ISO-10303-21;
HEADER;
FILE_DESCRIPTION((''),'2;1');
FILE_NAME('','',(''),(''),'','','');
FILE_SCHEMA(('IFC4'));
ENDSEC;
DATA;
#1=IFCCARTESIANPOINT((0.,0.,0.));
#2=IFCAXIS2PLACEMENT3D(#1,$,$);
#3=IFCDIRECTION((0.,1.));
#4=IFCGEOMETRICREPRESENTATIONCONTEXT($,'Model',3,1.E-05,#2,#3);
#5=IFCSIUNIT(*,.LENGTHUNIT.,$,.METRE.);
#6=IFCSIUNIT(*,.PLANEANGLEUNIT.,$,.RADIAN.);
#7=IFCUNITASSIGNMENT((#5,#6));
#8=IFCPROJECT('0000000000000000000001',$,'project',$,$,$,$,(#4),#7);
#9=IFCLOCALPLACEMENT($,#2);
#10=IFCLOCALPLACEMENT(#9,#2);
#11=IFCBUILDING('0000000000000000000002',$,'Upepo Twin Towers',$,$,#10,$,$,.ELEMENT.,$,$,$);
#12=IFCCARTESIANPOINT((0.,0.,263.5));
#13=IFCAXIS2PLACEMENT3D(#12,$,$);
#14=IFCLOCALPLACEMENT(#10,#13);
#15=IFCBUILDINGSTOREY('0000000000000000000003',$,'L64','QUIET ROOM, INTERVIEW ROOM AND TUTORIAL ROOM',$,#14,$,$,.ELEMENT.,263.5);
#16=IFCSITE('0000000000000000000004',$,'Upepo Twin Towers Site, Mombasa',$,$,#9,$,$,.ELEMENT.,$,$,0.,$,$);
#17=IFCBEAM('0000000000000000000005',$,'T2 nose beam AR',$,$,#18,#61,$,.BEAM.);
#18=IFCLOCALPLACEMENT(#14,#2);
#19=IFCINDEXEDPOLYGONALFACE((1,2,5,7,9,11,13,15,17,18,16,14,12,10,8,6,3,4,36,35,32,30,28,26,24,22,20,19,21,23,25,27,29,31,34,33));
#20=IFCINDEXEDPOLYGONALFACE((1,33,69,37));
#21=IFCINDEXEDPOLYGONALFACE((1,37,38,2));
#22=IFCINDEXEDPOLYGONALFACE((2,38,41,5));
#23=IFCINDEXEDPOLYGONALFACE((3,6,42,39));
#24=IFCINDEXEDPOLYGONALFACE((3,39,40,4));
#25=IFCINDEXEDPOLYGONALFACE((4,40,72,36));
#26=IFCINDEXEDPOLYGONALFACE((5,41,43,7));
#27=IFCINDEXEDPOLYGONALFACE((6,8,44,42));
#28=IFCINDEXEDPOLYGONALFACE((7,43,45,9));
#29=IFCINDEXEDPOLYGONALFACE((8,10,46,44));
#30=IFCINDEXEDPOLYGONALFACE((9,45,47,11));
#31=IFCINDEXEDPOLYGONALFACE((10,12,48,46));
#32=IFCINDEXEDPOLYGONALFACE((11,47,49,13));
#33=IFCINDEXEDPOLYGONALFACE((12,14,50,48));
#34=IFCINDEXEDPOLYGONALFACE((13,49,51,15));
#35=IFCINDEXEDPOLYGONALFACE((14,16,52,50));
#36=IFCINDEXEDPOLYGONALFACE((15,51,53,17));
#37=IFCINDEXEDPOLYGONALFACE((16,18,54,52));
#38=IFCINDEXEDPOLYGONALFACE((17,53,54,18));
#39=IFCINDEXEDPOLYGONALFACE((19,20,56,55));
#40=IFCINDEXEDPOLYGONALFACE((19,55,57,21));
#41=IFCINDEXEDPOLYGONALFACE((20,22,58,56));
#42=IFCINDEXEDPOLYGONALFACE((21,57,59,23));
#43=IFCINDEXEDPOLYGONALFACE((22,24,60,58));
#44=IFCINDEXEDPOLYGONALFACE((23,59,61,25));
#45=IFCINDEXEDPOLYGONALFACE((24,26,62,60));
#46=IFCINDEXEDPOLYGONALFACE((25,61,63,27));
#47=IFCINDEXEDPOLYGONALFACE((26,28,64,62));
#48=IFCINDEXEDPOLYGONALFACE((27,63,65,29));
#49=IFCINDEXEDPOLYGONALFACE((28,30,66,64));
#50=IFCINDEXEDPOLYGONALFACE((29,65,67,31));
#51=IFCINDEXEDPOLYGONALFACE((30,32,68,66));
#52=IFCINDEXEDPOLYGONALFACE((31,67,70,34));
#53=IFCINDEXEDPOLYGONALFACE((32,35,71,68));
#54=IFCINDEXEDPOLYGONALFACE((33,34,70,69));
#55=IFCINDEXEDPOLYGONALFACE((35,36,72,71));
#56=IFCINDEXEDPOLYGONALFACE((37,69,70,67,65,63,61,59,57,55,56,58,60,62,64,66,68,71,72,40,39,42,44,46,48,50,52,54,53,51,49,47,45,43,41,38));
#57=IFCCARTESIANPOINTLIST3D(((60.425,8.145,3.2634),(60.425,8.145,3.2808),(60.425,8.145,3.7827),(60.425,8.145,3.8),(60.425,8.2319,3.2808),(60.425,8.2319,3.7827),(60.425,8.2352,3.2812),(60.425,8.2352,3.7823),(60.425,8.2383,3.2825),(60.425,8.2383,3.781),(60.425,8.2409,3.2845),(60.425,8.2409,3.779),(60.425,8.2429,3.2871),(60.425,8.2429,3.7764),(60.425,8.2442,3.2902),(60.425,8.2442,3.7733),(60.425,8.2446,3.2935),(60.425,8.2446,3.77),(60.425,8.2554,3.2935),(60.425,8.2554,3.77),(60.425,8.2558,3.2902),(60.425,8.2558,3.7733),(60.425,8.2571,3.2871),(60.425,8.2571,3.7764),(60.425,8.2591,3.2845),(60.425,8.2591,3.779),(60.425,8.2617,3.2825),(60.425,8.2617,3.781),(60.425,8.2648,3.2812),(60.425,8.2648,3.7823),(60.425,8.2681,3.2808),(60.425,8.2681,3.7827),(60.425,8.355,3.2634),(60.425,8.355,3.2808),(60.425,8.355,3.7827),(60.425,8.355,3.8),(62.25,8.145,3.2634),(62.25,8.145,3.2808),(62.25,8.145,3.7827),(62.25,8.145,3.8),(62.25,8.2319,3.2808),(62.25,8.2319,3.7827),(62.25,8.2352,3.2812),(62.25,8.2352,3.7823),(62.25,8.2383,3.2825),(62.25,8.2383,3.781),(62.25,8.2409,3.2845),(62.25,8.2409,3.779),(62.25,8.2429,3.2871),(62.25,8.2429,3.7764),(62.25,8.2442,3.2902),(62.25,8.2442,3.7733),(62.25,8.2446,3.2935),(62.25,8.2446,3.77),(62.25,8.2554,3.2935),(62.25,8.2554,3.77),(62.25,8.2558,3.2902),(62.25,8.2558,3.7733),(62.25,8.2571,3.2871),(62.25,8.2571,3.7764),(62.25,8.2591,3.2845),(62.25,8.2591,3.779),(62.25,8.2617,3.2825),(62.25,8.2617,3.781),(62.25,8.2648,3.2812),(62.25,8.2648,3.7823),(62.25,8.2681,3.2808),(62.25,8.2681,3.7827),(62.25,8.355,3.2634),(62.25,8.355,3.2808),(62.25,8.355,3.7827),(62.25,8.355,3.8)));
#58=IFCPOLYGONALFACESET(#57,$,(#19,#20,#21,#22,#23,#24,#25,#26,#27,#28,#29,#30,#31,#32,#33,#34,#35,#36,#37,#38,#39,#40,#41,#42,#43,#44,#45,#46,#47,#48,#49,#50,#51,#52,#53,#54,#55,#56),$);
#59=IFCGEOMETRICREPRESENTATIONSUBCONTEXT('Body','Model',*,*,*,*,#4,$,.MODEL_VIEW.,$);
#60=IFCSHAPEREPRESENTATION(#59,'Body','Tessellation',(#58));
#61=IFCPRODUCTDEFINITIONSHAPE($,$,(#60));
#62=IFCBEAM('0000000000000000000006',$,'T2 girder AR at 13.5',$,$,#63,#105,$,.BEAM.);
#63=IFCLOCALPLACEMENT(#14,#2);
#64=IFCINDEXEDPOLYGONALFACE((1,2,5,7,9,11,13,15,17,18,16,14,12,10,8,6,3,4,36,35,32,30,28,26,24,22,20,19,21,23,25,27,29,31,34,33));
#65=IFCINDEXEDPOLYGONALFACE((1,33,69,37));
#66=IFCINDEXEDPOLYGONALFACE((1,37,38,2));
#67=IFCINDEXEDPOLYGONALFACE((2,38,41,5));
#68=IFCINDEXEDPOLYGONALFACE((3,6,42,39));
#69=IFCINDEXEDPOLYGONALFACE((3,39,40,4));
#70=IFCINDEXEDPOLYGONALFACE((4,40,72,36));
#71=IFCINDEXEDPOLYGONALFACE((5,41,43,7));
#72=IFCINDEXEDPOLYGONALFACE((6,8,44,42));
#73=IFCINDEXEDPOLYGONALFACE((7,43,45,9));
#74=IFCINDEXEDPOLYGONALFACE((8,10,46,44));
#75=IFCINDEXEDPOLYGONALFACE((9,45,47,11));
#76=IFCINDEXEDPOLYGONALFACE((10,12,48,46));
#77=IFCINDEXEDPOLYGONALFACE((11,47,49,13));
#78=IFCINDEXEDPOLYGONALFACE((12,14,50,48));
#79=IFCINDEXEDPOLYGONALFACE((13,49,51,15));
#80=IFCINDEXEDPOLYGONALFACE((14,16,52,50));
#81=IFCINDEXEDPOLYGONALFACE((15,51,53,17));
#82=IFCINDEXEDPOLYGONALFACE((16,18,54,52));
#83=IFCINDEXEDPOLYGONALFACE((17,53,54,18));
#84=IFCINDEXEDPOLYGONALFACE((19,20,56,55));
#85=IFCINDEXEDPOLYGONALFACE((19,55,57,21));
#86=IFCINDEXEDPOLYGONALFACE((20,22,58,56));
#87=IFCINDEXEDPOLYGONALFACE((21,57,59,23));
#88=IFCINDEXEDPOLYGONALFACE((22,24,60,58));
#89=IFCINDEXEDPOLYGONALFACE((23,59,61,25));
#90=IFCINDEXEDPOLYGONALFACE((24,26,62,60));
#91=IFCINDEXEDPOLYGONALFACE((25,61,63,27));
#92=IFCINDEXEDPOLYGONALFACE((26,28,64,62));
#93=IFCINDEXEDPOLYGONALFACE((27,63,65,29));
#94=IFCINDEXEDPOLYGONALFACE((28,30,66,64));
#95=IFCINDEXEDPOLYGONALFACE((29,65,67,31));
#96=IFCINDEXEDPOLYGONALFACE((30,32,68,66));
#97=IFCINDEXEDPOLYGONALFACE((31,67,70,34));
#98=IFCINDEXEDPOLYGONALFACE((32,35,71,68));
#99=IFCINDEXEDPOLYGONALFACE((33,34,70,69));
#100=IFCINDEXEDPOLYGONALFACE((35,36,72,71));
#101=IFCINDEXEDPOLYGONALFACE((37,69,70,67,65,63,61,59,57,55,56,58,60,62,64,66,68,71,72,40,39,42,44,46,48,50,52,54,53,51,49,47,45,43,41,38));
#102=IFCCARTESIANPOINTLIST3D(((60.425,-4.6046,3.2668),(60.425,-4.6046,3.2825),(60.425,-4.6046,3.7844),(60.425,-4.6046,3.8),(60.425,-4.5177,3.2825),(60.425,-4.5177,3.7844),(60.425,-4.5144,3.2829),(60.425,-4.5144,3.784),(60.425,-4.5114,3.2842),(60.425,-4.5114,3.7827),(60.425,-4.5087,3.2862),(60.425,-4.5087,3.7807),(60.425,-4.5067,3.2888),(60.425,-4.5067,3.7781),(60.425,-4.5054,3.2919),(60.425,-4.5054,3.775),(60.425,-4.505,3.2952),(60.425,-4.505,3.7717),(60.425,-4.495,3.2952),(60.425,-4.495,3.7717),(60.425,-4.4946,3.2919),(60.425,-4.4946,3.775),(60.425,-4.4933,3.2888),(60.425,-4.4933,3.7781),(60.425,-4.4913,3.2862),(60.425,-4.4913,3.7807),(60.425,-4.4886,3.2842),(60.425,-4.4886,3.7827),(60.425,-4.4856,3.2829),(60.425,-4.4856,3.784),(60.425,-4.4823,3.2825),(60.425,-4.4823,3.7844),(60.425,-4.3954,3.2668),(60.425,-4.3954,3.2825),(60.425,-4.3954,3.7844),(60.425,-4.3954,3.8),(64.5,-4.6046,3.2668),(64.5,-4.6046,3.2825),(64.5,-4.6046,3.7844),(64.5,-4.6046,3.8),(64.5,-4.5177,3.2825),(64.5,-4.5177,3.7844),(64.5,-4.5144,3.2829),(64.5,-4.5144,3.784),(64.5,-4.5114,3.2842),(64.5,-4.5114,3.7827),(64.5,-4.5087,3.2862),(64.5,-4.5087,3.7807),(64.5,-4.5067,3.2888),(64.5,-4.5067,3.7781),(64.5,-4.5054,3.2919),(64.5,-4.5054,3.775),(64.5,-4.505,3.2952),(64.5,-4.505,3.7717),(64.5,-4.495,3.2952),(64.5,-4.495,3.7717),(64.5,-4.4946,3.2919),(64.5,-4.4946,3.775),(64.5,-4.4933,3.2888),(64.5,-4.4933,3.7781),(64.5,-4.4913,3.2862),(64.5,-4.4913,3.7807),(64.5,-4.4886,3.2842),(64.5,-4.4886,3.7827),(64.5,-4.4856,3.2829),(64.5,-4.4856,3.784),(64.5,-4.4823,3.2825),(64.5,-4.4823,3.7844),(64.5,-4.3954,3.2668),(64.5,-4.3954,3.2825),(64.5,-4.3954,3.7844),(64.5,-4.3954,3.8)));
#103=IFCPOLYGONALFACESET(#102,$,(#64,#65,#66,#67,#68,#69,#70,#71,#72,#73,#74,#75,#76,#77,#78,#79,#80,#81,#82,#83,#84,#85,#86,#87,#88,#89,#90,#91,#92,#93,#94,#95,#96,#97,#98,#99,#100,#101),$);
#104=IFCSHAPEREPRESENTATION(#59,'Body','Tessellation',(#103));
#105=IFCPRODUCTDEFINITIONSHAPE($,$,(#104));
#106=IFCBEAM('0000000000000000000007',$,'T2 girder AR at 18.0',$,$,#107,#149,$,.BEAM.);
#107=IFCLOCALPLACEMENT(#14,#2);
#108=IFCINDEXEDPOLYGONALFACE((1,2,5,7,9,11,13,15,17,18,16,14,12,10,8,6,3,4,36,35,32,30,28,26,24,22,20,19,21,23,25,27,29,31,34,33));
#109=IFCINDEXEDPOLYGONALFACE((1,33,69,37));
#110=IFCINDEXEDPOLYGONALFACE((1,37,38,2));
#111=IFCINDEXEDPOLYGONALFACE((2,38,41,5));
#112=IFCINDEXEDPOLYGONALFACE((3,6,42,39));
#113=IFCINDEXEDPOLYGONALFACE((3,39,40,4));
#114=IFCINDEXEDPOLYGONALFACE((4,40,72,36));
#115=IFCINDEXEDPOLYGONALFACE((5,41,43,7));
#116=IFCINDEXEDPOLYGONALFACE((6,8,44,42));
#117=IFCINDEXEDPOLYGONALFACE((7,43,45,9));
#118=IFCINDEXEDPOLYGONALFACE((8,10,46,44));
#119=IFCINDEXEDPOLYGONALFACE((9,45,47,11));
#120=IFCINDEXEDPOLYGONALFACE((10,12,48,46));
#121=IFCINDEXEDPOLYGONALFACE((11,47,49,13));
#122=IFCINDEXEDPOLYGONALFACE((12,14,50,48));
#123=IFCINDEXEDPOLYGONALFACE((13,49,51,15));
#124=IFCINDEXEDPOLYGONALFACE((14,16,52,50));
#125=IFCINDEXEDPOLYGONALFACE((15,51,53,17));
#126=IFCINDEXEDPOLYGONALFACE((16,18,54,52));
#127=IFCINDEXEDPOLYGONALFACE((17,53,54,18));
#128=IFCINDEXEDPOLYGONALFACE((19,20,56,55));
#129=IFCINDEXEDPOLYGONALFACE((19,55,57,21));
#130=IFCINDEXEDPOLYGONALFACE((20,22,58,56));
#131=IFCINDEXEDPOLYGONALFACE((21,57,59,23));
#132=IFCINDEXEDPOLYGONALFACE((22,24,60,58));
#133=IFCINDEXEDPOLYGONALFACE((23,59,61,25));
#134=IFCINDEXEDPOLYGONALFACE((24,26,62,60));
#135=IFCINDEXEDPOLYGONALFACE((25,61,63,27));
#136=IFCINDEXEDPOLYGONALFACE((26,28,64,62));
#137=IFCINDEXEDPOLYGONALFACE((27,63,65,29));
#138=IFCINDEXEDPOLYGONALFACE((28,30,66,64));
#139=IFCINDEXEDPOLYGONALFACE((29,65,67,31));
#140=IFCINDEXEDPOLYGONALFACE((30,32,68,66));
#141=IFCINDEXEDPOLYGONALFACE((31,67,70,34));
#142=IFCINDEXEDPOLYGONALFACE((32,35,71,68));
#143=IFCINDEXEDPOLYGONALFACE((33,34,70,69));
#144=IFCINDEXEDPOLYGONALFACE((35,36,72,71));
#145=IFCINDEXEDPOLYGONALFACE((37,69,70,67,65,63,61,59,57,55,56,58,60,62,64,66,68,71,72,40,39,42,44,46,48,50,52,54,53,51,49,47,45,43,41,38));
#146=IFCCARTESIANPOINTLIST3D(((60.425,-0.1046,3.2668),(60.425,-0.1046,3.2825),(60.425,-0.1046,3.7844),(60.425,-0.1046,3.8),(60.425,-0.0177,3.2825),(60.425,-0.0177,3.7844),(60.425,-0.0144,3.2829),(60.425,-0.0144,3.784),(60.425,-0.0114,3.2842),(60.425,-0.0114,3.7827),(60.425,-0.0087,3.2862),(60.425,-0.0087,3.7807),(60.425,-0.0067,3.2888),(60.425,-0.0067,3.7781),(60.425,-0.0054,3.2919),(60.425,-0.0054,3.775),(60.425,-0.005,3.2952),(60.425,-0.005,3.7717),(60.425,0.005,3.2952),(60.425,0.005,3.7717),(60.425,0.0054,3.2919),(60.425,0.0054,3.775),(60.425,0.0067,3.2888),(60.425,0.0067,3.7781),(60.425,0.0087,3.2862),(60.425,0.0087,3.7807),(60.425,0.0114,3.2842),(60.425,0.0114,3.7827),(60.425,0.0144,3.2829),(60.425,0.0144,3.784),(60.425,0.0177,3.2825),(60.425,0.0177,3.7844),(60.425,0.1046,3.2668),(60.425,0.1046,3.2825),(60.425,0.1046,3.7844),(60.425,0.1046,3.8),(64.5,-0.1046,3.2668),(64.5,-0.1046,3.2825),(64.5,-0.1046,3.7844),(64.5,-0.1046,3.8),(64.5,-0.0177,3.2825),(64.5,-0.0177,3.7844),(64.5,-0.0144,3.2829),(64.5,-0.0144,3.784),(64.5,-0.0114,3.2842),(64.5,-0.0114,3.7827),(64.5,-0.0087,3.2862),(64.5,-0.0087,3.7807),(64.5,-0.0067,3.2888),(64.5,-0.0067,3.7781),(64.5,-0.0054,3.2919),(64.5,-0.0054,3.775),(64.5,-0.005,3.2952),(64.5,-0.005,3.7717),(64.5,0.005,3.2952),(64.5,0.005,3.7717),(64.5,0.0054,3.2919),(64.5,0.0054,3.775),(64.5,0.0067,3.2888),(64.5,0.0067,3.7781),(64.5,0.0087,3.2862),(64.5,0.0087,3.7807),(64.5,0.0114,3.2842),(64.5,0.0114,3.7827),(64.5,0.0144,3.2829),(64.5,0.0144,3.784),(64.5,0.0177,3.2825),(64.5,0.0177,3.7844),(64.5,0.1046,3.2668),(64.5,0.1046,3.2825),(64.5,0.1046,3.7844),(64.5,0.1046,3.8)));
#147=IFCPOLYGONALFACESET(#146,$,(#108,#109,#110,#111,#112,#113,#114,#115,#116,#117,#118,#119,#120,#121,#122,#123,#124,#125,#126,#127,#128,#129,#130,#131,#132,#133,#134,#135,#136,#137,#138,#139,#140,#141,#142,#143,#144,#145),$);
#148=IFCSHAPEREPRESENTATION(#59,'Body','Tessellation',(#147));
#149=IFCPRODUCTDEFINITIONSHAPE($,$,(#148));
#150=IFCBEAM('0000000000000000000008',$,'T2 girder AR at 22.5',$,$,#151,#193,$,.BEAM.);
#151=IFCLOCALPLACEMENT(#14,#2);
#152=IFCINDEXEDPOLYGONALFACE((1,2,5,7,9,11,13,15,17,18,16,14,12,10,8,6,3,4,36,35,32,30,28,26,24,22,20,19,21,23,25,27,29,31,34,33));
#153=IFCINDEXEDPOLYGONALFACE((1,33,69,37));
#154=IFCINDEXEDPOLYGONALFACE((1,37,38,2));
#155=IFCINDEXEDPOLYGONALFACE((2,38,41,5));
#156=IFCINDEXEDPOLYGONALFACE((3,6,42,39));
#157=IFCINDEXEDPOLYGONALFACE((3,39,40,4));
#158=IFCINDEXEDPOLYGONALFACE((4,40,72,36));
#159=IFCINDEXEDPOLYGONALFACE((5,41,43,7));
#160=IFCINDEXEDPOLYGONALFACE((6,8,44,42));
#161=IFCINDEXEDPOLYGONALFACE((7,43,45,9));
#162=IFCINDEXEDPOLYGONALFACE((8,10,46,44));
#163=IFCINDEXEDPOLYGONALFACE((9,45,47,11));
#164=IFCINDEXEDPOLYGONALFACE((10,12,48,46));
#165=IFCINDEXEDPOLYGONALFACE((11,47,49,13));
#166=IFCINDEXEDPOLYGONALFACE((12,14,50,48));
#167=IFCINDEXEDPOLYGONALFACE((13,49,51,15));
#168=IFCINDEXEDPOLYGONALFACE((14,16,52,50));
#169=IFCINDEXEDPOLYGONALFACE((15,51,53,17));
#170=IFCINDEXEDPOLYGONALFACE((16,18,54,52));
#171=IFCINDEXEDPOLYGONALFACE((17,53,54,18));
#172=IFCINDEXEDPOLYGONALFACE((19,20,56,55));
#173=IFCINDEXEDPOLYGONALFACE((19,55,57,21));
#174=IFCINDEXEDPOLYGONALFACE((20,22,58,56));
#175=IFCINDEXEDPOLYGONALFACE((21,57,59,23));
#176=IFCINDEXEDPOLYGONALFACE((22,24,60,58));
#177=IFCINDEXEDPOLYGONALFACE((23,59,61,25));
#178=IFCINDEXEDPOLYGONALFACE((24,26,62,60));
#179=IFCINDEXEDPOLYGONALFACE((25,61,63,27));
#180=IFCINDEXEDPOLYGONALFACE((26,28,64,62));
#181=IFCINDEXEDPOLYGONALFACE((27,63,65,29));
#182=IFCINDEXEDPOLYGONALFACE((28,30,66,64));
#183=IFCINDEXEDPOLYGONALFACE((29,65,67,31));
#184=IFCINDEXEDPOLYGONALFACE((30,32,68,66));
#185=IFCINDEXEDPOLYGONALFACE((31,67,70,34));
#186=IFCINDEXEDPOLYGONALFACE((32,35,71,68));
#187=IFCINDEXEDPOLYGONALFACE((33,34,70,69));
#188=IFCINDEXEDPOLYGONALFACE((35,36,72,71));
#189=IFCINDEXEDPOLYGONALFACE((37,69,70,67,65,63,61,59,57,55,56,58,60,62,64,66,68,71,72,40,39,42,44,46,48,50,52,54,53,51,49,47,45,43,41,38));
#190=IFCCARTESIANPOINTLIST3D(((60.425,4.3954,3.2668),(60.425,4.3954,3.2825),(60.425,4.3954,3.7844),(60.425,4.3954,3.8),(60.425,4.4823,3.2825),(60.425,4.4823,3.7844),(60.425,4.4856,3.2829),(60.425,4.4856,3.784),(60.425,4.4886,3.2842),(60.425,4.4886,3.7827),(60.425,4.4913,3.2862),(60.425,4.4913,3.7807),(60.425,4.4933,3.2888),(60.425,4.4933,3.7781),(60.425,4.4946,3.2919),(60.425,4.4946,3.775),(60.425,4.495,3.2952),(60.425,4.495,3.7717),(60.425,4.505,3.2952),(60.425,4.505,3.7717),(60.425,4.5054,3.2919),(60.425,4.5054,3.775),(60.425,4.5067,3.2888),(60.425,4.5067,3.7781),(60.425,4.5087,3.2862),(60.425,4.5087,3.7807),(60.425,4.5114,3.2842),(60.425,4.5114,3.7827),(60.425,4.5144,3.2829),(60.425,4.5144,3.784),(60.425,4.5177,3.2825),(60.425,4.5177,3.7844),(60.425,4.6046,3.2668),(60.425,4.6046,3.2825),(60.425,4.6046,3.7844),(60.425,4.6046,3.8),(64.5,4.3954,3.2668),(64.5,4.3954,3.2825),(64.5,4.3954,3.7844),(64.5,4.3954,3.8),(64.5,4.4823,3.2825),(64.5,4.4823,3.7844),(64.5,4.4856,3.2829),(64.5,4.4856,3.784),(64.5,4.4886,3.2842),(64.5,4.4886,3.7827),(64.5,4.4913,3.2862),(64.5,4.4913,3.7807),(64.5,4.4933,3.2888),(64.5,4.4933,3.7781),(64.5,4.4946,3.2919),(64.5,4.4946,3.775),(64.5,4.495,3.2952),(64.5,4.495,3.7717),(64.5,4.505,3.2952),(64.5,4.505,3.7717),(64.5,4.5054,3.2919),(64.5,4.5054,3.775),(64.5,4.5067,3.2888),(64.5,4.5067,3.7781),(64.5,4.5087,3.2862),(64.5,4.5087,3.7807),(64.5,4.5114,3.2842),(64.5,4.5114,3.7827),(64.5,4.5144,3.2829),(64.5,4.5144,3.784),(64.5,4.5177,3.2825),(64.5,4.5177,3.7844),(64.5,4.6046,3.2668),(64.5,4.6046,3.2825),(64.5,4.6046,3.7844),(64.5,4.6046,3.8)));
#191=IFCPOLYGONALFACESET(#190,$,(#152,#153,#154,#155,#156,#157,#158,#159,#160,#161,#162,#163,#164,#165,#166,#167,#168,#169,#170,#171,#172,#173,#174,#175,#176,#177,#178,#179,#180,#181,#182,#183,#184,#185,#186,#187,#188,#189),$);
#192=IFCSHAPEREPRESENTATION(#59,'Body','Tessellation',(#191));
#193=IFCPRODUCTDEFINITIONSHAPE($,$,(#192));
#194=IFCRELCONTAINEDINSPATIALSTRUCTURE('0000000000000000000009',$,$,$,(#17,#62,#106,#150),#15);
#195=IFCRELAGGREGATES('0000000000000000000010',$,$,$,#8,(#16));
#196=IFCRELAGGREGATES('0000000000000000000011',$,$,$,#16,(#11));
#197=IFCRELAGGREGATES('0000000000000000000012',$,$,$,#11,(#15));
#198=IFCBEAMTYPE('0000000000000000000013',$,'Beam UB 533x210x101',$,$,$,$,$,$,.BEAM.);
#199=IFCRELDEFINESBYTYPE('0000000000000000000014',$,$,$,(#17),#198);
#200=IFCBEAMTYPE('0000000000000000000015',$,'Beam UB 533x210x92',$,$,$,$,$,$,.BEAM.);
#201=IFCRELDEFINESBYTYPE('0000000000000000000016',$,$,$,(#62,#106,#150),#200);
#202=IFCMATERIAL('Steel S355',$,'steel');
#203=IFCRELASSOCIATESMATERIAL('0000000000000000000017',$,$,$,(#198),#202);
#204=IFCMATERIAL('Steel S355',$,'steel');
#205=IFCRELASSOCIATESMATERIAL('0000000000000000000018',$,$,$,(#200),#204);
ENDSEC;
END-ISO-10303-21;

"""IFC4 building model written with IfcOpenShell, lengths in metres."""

from ifc_helpers import new_model, si_unit, direction, frame, origin, origin_2d, place, context, subcontext, project, spatial, i_section, extrude, material, material_profile, profile_set, type_object, element, save


model = new_model("IFC4")

# Units and contexts
model_context = context("Model", 3, precision=1e-05, world=origin(), true_north=direction((0.0, 1.0)))
body_context = subcontext(model_context, "Body", "Model", "MODEL_VIEW")
ifc_project = project(units=[si_unit("LENGTHUNIT", "METRE"), si_unit("PLANEANGLEUNIT", "RADIAN")], contexts=[model_context])

# Site, building, storey
site_placement = place(None, origin())
site = spatial("IfcSite", under=ifc_project, at=site_placement, Name="Upepo Twin Towers Site, Mombasa", CompositionType="ELEMENT", RefElevation=0.0)
building_placement = place(site_placement, origin())
building = spatial("IfcBuilding", under=site, at=building_placement, Name="Upepo Twin Towers", CompositionType="ELEMENT")
storey_placement = place(building_placement, frame((0.0, 0.0, 263.5)))
storey = spatial("IfcBuildingStorey", under=building, at=storey_placement, Name="L64", Description="QUIET ROOM, INTERVIEW ROOM AND TUTORIAL ROOM", CompositionType="ELEMENT", Elevation=263.5)

# Beams
ifc_material_1 = material(Name="Steel S355", Category="steel")
ifc_material_profile_1 = material_profile(ifc_material_1, i_section(OverallWidth=0.21, OverallDepth=0.5366, WebThickness=0.0107, FlangeThickness=0.0173, FilletRadius=0.0127, at=origin_2d()), Name="UB 533x210x101")
ifc_profile_set_1 = profile_set([ifc_material_profile_1], Name="Steel S355")
beam_type_1 = type_object("IfcBeamType", Name="Beam UB 533x210x101", PredefinedType="BEAM", material=ifc_profile_set_1)
beam_1_placement = place(storey_placement, frame((62.25, 8.25, 3.5317), z_axis=(-1.0, 0.0, 0.0), x_axis=(0.0, -1.0, 0.0)))
element("IfcBeam", 1, at=beam_1_placement, inside=storey, type_object=beam_type_1, Name="T2 nose beam AR", PredefinedType="BEAM", context=body_context, shape_type="SweptSolid", body=[
    extrude(i_section(OverallWidth=0.21, OverallDepth=0.5366, WebThickness=0.0107, FlangeThickness=0.0173, FilletRadius=0.0127, at=origin_2d()), origin(), (0.0, 0.0, 1.0), 1.825),
])
ifc_material_2 = material(Name="Steel S355", Category="steel")
ifc_material_profile_2 = material_profile(ifc_material_2, i_section(OverallWidth=0.2092, OverallDepth=0.5332, WebThickness=0.01, FlangeThickness=0.0156, FilletRadius=0.0127, at=origin_2d()), Name="UB 533x210x92")
ifc_profile_set_2 = profile_set([ifc_material_profile_2], Name="Steel S355")
beam_type_2 = type_object("IfcBeamType", Name="Beam UB 533x210x92", PredefinedType="BEAM", material=ifc_profile_set_2)
for number, where, z_axis, x_axis, name in (
    (2, (64.5, -4.5, 3.5334), (-1.0, 0.0, 0.0), (0.0, -1.0, 0.0), "T2 girder AR at 13.5"),
    (3, (64.5, 0.0, 3.5334), (-1.0, 0.0, 0.0), (0.0, -1.0, 0.0), "T2 girder AR at 18.0"),
    (4, (64.5, 4.5, 3.5334), (-1.0, 0.0, 0.0), (0.0, -1.0, 0.0), "T2 girder AR at 22.5"),
):
    element("IfcBeam", number, at=place(storey_placement, frame(where, z_axis=z_axis, x_axis=x_axis)), inside=storey, type_object=beam_type_2, Name=name, PredefinedType="BEAM", context=body_context, shape_type="SweptSolid", body=[
        extrude(i_section(OverallWidth=0.2092, OverallDepth=0.5332, WebThickness=0.01, FlangeThickness=0.0156, FilletRadius=0.0127, at=origin_2d()), origin(), (0.0, 0.0, 1.0), 4.075),
    ])

save(model, "model.ifc")
